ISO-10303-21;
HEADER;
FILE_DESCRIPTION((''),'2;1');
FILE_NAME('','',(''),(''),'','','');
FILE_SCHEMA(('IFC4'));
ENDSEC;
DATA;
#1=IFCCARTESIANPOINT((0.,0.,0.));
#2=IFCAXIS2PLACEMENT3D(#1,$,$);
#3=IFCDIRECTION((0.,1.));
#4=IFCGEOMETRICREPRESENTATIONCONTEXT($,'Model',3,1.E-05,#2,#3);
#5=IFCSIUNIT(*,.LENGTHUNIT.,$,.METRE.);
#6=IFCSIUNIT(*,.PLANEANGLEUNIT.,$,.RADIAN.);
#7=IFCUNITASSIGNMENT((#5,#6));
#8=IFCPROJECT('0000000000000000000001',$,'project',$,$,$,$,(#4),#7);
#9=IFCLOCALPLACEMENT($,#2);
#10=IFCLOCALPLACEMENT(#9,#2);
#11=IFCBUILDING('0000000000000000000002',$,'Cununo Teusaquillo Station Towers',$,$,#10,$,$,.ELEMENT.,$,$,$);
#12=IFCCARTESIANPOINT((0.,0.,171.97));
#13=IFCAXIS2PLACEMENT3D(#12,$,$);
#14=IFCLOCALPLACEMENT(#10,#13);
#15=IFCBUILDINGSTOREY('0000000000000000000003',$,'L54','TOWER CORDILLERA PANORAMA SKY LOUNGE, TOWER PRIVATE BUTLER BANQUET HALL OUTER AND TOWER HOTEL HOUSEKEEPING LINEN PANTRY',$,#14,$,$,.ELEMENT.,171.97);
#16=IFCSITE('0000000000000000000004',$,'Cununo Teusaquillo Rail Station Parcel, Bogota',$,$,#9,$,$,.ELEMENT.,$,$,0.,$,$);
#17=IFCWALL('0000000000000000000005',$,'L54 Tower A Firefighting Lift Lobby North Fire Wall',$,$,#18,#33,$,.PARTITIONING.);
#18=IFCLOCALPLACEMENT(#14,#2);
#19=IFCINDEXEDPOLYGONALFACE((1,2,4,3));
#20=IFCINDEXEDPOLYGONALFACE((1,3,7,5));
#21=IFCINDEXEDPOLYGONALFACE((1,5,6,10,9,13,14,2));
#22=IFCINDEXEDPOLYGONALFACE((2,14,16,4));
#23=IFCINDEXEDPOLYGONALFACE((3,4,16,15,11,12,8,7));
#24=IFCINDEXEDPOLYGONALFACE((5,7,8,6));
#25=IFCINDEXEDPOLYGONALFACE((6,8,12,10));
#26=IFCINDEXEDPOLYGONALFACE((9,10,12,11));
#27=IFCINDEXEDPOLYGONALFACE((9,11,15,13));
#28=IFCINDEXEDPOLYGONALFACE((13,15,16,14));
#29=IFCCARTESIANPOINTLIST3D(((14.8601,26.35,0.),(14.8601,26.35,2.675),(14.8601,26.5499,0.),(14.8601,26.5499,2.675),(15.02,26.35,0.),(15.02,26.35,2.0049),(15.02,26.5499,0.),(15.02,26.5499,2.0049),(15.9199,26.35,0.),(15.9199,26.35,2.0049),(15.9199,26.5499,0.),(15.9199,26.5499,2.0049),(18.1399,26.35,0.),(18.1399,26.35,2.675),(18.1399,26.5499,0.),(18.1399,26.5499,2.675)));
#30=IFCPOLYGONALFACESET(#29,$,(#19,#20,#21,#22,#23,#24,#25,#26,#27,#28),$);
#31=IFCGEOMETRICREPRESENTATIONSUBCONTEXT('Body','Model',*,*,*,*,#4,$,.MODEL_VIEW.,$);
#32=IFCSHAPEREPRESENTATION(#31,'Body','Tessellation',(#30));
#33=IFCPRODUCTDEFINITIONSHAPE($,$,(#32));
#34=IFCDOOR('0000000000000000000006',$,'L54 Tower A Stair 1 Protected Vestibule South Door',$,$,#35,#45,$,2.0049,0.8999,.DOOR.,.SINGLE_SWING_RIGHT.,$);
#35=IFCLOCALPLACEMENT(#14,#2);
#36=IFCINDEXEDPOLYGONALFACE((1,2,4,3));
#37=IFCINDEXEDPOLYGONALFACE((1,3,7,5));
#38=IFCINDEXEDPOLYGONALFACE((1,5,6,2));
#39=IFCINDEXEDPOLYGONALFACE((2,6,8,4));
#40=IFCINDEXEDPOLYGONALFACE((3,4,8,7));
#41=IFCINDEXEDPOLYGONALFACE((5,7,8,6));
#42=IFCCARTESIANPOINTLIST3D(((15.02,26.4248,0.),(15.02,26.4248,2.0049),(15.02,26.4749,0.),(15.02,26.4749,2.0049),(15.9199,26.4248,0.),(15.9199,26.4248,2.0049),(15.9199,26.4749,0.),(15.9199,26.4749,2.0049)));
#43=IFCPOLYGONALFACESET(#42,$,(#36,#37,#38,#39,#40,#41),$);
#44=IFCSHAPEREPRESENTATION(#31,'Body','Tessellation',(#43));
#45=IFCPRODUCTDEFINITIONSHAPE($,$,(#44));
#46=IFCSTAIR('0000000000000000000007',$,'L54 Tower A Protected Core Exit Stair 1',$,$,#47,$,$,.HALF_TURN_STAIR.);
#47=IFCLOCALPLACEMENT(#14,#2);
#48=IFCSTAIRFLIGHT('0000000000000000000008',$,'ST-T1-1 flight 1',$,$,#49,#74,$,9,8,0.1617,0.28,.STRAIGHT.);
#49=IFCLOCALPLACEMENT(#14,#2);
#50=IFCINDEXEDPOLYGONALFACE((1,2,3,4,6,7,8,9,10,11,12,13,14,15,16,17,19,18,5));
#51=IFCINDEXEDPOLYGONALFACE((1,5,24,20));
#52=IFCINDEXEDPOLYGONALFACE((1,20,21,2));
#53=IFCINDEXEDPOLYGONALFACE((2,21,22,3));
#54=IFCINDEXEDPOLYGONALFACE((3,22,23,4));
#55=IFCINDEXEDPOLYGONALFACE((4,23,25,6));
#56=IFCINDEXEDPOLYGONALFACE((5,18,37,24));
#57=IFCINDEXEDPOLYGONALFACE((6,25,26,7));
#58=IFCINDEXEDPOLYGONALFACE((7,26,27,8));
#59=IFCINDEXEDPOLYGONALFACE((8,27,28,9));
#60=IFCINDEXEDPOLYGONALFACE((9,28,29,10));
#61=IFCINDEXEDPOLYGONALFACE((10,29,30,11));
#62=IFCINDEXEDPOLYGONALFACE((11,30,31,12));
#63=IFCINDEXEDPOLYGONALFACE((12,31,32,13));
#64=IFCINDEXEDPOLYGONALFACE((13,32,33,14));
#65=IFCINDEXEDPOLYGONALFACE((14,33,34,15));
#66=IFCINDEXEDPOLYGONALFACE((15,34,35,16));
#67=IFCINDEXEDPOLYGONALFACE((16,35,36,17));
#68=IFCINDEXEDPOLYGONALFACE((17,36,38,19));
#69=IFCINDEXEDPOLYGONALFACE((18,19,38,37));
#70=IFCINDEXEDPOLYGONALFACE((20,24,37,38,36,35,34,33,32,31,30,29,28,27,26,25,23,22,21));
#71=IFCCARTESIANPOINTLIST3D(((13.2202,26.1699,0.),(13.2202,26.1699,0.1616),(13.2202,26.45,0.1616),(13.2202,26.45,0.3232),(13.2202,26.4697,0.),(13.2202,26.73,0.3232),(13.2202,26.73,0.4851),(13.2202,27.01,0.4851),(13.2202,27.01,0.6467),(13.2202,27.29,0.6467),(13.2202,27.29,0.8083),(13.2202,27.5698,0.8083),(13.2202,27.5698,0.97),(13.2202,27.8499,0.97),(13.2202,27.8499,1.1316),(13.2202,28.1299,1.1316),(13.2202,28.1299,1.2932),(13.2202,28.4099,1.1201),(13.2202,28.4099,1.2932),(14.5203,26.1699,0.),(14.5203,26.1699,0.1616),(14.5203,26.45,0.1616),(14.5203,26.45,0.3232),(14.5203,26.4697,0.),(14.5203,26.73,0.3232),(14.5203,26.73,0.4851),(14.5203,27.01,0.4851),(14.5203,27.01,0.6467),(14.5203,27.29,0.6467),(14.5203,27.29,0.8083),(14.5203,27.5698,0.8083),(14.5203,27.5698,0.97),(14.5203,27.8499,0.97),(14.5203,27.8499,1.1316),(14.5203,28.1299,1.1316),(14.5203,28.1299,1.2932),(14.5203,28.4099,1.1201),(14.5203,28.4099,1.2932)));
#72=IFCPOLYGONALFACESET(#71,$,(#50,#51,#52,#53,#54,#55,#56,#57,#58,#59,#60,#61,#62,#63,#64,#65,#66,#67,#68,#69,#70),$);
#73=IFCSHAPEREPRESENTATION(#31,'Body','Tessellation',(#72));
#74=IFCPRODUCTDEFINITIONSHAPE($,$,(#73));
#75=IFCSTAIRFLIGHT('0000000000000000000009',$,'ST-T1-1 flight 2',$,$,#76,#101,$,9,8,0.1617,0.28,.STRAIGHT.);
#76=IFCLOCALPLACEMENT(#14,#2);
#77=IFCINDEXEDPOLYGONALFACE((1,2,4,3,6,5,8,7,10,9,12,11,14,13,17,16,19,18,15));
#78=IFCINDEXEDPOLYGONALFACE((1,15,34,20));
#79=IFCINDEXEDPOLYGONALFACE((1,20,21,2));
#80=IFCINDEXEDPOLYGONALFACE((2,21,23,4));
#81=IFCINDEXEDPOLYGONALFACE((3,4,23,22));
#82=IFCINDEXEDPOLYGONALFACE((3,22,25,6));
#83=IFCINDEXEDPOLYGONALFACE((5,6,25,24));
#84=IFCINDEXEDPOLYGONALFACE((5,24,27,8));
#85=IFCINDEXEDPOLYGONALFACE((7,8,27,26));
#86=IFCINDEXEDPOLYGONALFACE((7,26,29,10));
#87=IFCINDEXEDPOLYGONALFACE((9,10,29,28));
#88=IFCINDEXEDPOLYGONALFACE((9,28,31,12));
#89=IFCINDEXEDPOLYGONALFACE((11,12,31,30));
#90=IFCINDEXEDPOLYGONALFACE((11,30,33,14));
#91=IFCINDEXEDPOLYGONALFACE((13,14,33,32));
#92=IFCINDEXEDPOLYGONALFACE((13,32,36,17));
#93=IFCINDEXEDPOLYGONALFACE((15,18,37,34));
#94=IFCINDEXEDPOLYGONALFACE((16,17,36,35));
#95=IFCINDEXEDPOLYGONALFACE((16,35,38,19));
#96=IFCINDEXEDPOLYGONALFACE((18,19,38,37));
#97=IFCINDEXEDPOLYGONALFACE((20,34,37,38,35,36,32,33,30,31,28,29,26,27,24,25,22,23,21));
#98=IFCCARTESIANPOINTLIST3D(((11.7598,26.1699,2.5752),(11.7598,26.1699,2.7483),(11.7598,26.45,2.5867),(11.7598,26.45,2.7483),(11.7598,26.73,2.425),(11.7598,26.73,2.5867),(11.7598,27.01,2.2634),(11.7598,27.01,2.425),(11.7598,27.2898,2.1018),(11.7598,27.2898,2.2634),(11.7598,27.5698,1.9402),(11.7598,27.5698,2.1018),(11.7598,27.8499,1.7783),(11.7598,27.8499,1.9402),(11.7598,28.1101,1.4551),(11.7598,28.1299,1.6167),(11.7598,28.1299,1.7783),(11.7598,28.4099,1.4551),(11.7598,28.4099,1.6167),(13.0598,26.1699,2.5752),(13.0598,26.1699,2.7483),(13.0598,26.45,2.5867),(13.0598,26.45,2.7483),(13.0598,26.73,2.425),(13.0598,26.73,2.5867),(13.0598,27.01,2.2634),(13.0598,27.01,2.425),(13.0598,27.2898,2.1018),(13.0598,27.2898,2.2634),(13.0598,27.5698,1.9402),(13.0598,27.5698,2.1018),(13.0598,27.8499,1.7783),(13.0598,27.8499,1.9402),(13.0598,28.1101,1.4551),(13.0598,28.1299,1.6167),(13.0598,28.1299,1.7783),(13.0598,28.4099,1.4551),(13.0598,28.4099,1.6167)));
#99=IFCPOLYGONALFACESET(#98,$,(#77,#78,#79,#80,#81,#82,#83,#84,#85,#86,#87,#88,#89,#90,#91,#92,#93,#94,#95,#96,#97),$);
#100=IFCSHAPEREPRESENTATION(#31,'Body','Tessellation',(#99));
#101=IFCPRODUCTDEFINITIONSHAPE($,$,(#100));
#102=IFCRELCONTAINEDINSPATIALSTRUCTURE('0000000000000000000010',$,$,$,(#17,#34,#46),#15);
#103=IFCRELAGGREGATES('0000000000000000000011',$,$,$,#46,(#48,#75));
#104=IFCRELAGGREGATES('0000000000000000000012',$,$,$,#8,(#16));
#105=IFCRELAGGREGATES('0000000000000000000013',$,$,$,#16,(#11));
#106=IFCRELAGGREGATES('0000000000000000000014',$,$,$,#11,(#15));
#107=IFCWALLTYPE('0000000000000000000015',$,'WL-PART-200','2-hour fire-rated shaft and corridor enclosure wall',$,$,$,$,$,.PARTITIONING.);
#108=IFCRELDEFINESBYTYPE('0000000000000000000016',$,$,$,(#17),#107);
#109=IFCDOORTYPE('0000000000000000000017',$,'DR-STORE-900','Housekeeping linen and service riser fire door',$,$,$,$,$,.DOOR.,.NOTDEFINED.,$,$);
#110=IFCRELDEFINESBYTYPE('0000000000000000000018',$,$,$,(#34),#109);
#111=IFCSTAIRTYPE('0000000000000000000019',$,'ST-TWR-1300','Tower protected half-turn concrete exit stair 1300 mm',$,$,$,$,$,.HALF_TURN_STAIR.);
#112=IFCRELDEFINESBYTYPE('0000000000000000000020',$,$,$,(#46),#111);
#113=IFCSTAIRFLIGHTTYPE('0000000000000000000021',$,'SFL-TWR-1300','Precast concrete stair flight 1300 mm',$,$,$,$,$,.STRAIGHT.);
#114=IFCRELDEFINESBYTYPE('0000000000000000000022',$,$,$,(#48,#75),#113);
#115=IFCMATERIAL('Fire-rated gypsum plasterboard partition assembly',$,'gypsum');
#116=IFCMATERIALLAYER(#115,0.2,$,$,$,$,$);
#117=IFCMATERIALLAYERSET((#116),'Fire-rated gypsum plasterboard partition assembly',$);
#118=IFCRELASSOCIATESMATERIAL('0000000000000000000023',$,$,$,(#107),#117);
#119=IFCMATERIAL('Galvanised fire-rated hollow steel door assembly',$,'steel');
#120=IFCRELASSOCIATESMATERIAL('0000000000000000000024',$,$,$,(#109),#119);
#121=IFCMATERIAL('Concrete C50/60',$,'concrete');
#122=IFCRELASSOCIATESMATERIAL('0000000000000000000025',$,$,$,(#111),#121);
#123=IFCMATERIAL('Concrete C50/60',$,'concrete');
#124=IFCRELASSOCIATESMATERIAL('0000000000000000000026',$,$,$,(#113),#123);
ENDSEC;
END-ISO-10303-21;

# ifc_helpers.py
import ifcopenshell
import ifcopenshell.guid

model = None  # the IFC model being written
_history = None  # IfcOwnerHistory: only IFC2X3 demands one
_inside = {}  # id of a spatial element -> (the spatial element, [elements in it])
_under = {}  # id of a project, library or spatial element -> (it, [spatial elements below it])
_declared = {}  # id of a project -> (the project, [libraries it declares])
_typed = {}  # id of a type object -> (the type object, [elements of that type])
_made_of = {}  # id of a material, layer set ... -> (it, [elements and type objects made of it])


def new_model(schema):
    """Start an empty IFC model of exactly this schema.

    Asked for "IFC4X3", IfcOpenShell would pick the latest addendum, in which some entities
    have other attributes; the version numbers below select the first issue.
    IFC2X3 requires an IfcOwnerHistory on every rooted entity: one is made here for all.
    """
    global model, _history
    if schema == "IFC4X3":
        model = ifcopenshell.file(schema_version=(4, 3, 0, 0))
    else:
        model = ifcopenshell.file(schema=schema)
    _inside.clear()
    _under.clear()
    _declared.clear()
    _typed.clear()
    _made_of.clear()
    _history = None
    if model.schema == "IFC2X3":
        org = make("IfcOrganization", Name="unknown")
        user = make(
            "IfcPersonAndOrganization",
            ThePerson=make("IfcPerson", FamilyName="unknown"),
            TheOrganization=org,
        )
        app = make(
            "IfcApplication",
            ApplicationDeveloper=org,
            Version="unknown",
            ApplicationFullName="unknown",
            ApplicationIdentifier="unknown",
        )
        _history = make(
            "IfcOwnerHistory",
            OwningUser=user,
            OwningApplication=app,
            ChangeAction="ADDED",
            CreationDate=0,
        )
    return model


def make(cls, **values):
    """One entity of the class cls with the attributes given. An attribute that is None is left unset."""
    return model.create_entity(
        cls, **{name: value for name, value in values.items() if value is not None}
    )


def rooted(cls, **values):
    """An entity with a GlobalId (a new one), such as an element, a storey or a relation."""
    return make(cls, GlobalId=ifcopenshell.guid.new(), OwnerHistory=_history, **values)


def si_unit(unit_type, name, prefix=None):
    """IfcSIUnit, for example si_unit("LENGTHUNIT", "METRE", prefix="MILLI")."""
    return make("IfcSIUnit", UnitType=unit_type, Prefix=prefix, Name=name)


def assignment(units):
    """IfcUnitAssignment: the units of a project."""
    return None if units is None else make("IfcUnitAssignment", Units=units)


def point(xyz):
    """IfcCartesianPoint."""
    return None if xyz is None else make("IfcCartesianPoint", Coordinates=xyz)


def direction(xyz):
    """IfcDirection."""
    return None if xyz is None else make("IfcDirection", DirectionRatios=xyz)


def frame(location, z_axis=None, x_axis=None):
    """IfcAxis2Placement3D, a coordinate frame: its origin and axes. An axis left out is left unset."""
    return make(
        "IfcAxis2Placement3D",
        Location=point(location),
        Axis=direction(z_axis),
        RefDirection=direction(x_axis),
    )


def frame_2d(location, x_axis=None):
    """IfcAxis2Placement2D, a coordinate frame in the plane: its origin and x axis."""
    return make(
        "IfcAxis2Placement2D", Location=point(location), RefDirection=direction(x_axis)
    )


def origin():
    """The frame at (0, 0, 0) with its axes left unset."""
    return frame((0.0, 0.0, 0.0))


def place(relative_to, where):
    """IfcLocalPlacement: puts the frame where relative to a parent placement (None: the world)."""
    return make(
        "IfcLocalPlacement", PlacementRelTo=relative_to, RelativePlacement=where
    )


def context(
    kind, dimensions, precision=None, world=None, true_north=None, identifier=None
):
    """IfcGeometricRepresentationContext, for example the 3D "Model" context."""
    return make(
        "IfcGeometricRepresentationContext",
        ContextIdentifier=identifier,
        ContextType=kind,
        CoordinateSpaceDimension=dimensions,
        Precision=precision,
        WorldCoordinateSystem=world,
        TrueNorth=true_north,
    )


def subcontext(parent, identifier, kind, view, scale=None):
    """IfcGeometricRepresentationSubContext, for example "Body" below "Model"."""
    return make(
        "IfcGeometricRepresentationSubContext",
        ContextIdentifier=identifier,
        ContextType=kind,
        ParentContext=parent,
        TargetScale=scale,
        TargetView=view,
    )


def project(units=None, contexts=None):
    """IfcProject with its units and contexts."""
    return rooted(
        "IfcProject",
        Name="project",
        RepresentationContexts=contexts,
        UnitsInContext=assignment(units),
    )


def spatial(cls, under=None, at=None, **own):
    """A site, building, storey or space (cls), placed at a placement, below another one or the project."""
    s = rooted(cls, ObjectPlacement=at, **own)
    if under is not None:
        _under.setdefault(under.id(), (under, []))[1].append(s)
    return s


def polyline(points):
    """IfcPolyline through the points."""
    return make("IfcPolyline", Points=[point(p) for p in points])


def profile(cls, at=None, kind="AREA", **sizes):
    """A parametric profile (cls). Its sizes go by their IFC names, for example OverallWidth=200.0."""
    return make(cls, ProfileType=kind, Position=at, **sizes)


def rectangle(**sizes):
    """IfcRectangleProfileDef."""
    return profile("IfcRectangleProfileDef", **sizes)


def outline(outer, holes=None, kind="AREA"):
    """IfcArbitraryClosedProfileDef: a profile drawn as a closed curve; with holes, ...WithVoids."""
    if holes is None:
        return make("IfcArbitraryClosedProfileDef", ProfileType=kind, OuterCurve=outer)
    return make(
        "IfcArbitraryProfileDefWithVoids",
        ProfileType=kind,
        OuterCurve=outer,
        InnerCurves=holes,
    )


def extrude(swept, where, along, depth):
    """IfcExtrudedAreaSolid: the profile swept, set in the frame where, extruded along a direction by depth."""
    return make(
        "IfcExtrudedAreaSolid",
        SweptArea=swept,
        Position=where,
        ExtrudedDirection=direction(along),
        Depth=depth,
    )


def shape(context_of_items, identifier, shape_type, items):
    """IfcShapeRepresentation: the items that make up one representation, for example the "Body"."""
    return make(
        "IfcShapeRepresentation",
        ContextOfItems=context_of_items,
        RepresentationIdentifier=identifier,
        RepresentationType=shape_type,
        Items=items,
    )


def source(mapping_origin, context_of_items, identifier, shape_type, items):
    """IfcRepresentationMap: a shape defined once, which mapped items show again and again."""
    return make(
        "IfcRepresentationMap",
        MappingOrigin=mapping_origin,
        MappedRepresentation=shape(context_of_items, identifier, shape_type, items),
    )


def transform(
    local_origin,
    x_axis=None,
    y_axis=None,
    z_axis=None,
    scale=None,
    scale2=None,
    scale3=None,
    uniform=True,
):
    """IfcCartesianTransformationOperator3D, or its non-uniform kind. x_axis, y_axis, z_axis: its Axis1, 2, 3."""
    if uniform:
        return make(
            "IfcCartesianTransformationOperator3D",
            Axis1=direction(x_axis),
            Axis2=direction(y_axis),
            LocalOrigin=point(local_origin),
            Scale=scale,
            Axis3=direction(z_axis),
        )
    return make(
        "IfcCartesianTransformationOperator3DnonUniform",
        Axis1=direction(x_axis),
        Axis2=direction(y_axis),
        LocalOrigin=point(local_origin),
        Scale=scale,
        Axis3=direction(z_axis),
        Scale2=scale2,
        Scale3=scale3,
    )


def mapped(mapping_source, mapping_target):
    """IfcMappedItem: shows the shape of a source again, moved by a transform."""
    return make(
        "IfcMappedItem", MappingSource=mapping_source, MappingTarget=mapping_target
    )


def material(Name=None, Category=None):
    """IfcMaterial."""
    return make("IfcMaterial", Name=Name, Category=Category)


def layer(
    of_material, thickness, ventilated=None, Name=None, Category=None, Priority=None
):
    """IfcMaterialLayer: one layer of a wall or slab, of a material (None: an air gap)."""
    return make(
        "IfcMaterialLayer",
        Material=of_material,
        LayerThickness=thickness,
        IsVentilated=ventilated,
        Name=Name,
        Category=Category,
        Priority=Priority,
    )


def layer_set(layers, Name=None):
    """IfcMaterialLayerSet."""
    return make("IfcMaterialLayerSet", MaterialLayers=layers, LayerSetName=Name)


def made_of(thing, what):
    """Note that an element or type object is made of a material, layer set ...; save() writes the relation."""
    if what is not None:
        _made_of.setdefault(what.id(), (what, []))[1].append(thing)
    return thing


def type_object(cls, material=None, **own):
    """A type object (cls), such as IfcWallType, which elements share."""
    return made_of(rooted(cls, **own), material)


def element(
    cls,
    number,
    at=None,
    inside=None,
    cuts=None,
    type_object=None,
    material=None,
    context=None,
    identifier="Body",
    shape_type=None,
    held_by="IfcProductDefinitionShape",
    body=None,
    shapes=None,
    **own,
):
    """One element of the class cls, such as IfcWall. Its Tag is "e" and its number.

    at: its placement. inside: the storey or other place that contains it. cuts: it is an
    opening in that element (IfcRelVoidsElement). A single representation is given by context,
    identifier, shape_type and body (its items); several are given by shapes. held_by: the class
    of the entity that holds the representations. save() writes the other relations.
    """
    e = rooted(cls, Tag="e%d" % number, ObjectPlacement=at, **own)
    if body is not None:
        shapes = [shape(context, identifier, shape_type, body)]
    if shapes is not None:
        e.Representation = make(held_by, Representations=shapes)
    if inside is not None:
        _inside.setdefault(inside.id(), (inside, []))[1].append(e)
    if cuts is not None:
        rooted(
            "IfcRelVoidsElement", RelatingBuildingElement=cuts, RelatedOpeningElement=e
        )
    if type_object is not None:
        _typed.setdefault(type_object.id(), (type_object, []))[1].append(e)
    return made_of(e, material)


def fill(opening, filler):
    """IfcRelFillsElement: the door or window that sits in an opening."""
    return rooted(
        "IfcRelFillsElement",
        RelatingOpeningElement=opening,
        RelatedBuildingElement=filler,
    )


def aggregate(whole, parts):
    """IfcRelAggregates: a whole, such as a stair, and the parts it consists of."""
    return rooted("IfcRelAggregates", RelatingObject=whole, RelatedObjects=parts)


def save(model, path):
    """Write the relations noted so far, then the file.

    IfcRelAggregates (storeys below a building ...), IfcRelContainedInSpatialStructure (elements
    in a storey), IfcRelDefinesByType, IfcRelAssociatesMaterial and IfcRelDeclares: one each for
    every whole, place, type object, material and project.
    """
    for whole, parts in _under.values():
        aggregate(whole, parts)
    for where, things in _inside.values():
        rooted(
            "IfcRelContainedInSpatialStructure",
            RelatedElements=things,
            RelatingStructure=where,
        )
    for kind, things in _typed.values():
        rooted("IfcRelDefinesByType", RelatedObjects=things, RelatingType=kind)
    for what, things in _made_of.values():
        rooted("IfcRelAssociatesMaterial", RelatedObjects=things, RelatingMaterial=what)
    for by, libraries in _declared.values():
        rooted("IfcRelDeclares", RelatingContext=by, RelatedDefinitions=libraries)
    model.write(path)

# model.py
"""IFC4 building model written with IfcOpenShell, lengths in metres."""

from ifc_helpers import new_model, si_unit, direction, frame, frame_2d, origin, place, context, subcontext, project, spatial, polyline, rectangle, outline, extrude, source, transform, mapped, material, layer, layer_set, type_object, element, fill, aggregate, save


model = new_model("IFC4")

# Units and contexts
model_context = context("Model", 3, precision=1e-05, world=origin(), true_north=direction((0.0, 1.0)))
body_context = subcontext(model_context, "Body", "Model", "MODEL_VIEW")
ifc_project = project(units=[si_unit("LENGTHUNIT", "METRE"), si_unit("PLANEANGLEUNIT", "RADIAN")], contexts=[model_context])

# Site, building, storey
site_placement = place(None, origin())
site = spatial("IfcSite", under=ifc_project, at=site_placement, Name="Cununo Teusaquillo Rail Station Parcel, Bogota", CompositionType="ELEMENT", RefElevation=0.0)
building_placement = place(site_placement, origin())
building = spatial("IfcBuilding", under=site, at=building_placement, Name="Cununo Teusaquillo Station Towers", CompositionType="ELEMENT")
storey_placement = place(building_placement, frame((0.0, 0.0, 171.97)))
storey = spatial("IfcBuildingStorey", under=building, at=storey_placement, Name="L54", Description="TOWER CORDILLERA PANORAMA SKY LOUNGE, TOWER PRIVATE BUTLER BANQUET HALL OUTER AND TOWER HOTEL HOUSEKEEPING LINEN PANTRY", CompositionType="ELEMENT", Elevation=171.97)

# Shared definitions
shared_shape_1 = source(origin(), body_context, "Body", "SweptSolid", [
    extrude(rectangle(XDim=0.8999, YDim=2.0049, at=frame_2d((0.45, 1.0024))), frame((0.0, 0.0249, 0.0), z_axis=(0.0, -1.0, 0.0), x_axis=(1.0, 0.0, 0.0)), (0.0, 0.0, 1.0), 0.05),
])

# Wall, opening, door
ifc_material_1 = material(Name="Fire-rated gypsum plasterboard partition assembly", Category="gypsum")
ifc_layer_1 = layer(ifc_material_1, 0.2)
ifc_layer_set_1 = layer_set([ifc_layer_1], Name="Fire-rated gypsum plasterboard partition assembly")
wall_type_1 = type_object("IfcWallType", Name="WL-PART-200", Description="2-hour fire-rated shaft and corridor enclosure wall", PredefinedType="PARTITIONING", material=ifc_layer_set_1)
wall_1_placement = place(storey_placement, frame((14.8601, 26.45, 0.0), z_axis=(0.0, 0.0, 1.0), x_axis=(1.0, 0.0, 0.0)))
wall_1 = element("IfcWall", 1, at=wall_1_placement, inside=storey, type_object=wall_type_1, Name="L54 Tower A Firefighting Lift Lobby North Fire Wall", PredefinedType="PARTITIONING", context=body_context, shape_type="SweptSolid", body=[
    extrude(rectangle(XDim=3.2798, YDim=0.2, at=frame_2d((1.6399, 0.0))), origin(), (0.0, 0.0, 1.0), 2.675),
])
shared_shape_2 = source(origin(), body_context, "Body", "SweptSolid", [
    extrude(rectangle(XDim=0.8999, YDim=2.0049, at=frame_2d((0.45, 1.0024))), frame((0.0, 0.1099, 0.0), z_axis=(0.0, -1.0, 0.0), x_axis=(1.0, 0.0, 0.0)), (0.0, 0.0, 1.0), 0.22),
])
opening_1_placement = place(wall_1_placement, frame((0.1599, 0.0, 0.0)))
opening_1 = element("IfcOpeningElement", 2, at=opening_1_placement, cuts=wall_1, PredefinedType="OPENING", context=body_context, shape_type="MappedRepresentation", body=[
    mapped(shared_shape_2, transform((0.0, 0.0, 0.0), x_axis=(1.0, 0.0, 0.0), y_axis=(0.0, 1.0, 0.0), z_axis=(0.0, 0.0, 1.0), scale=1.0)),
])
ifc_material_2 = material(Name="Galvanised fire-rated hollow steel door assembly", Category="steel")
door_type_1 = type_object("IfcDoorType", Name="DR-STORE-900", Description="Housekeeping linen and service riser fire door", OperationType="NOTDEFINED", PredefinedType="DOOR", material=ifc_material_2)
door_1_placement = place(opening_1_placement, origin())
door_1 = element("IfcDoor", 3, at=door_1_placement, inside=storey, type_object=door_type_1, Name="L54 Tower A Stair 1 Protected Vestibule South Door", OperationType="SINGLE_SWING_RIGHT", OverallHeight=2.0049, OverallWidth=0.8999, PredefinedType="DOOR", context=body_context, shape_type="MappedRepresentation", body=[
    mapped(shared_shape_1, transform((0.0, 0.0, 0.0), x_axis=(1.0, 0.0, 0.0), y_axis=(0.0, 1.0, 0.0), z_axis=(0.0, 0.0, 1.0), scale=1.0)),
])
fill(opening_1, door_1)

# Stair, stair flights
ifc_material_3 = material(Name="Concrete C50/60", Category="concrete")
stair_type = type_object("IfcStairType", Name="ST-TWR-1300", Description="Tower protected half-turn concrete exit stair 1300 mm", PredefinedType="HALF_TURN_STAIR", material=ifc_material_3)
stair_placement = place(storey_placement, origin())
stair = element("IfcStair", 4, at=stair_placement, inside=storey, type_object=stair_type, Name="L54 Tower A Protected Core Exit Stair 1", PredefinedType="HALF_TURN_STAIR")
ifc_material_4 = material(Name="Concrete C50/60", Category="concrete")
stair_flight_type = type_object("IfcStairFlightType", Name="SFL-TWR-1300", Description="Precast concrete stair flight 1300 mm", PredefinedType="STRAIGHT", material=ifc_material_4)
stair_flight_1_placement = place(storey_placement, frame((13.8701, 26.1699, 0.0), z_axis=(0.0, 0.0, 1.0), x_axis=(0.0, 1.0, 0.0)))
stair_flight_1 = element("IfcStairFlight", 5, at=stair_flight_1_placement, type_object=stair_flight_type, Name="ST-T1-1 flight 1", NumberOfRisers=9, NumberOfTreads=8, PredefinedType="STRAIGHT", RiserHeight=0.1617, TreadLength=0.28, context=body_context, shape_type="SweptSolid", body=[
    extrude(outline(polyline([(0.0, 0.0), (0.0, 0.1616), (0.28, 0.1616), (0.28, 0.3232), (0.5601, 0.3232), (0.5601, 0.4851), (0.8401, 0.4851), (0.8401, 0.6467), (1.1201, 0.6467), (1.1201, 0.8083), (1.3999, 0.8083), (1.3999, 0.97), (1.6799, 0.97), (1.6799, 1.1316), (1.96, 1.1316), (1.96, 1.2932), (2.24, 1.2932), (2.24, 1.4551), (2.24, 1.1201), (0.2998, 0.0), (0.0, 0.0)])), frame((0.0, 0.6499, 0.0), z_axis=(0.0, -1.0, 0.0), x_axis=(1.0, 0.0, 0.0)), (0.0, 0.0, 1.0), 1.3),
])
stair_flight_2_placement = place(storey_placement, frame((12.4099, 28.4099, 1.4551), z_axis=(0.0, 0.0, 1.0), x_axis=(0.0, -1.0, 0.0)))
stair_flight_2 = element("IfcStairFlight", 6, at=stair_flight_2_placement, type_object=stair_flight_type, Name="ST-T1-1 flight 2", NumberOfRisers=9, NumberOfTreads=8, PredefinedType="STRAIGHT", RiserHeight=0.1617, TreadLength=0.28, context=body_context, shape_type="SweptSolid", body=[
    extrude(outline(polyline([(0.0, 0.0), (0.0, 0.1616), (0.28, 0.1616), (0.28, 0.3232), (0.5601, 0.3232), (0.5601, 0.4851), (0.8401, 0.4851), (0.8401, 0.6467), (1.1201, 0.6467), (1.1201, 0.8083), (1.3999, 0.8083), (1.3999, 0.97), (1.6799, 0.97), (1.6799, 1.1316), (1.96, 1.1316), (1.96, 1.2932), (2.24, 1.2932), (2.24, 1.4551), (2.24, 1.1201), (0.2998, 0.0), (0.0, 0.0)])), frame((0.0, 0.6499, 0.0), z_axis=(0.0, -1.0, 0.0), x_axis=(1.0, 0.0, 0.0)), (0.0, 0.0, 1.0), 1.3),
])
aggregate(stair, [stair_flight_1, stair_flight_2])

save(model, "model.ifc")
